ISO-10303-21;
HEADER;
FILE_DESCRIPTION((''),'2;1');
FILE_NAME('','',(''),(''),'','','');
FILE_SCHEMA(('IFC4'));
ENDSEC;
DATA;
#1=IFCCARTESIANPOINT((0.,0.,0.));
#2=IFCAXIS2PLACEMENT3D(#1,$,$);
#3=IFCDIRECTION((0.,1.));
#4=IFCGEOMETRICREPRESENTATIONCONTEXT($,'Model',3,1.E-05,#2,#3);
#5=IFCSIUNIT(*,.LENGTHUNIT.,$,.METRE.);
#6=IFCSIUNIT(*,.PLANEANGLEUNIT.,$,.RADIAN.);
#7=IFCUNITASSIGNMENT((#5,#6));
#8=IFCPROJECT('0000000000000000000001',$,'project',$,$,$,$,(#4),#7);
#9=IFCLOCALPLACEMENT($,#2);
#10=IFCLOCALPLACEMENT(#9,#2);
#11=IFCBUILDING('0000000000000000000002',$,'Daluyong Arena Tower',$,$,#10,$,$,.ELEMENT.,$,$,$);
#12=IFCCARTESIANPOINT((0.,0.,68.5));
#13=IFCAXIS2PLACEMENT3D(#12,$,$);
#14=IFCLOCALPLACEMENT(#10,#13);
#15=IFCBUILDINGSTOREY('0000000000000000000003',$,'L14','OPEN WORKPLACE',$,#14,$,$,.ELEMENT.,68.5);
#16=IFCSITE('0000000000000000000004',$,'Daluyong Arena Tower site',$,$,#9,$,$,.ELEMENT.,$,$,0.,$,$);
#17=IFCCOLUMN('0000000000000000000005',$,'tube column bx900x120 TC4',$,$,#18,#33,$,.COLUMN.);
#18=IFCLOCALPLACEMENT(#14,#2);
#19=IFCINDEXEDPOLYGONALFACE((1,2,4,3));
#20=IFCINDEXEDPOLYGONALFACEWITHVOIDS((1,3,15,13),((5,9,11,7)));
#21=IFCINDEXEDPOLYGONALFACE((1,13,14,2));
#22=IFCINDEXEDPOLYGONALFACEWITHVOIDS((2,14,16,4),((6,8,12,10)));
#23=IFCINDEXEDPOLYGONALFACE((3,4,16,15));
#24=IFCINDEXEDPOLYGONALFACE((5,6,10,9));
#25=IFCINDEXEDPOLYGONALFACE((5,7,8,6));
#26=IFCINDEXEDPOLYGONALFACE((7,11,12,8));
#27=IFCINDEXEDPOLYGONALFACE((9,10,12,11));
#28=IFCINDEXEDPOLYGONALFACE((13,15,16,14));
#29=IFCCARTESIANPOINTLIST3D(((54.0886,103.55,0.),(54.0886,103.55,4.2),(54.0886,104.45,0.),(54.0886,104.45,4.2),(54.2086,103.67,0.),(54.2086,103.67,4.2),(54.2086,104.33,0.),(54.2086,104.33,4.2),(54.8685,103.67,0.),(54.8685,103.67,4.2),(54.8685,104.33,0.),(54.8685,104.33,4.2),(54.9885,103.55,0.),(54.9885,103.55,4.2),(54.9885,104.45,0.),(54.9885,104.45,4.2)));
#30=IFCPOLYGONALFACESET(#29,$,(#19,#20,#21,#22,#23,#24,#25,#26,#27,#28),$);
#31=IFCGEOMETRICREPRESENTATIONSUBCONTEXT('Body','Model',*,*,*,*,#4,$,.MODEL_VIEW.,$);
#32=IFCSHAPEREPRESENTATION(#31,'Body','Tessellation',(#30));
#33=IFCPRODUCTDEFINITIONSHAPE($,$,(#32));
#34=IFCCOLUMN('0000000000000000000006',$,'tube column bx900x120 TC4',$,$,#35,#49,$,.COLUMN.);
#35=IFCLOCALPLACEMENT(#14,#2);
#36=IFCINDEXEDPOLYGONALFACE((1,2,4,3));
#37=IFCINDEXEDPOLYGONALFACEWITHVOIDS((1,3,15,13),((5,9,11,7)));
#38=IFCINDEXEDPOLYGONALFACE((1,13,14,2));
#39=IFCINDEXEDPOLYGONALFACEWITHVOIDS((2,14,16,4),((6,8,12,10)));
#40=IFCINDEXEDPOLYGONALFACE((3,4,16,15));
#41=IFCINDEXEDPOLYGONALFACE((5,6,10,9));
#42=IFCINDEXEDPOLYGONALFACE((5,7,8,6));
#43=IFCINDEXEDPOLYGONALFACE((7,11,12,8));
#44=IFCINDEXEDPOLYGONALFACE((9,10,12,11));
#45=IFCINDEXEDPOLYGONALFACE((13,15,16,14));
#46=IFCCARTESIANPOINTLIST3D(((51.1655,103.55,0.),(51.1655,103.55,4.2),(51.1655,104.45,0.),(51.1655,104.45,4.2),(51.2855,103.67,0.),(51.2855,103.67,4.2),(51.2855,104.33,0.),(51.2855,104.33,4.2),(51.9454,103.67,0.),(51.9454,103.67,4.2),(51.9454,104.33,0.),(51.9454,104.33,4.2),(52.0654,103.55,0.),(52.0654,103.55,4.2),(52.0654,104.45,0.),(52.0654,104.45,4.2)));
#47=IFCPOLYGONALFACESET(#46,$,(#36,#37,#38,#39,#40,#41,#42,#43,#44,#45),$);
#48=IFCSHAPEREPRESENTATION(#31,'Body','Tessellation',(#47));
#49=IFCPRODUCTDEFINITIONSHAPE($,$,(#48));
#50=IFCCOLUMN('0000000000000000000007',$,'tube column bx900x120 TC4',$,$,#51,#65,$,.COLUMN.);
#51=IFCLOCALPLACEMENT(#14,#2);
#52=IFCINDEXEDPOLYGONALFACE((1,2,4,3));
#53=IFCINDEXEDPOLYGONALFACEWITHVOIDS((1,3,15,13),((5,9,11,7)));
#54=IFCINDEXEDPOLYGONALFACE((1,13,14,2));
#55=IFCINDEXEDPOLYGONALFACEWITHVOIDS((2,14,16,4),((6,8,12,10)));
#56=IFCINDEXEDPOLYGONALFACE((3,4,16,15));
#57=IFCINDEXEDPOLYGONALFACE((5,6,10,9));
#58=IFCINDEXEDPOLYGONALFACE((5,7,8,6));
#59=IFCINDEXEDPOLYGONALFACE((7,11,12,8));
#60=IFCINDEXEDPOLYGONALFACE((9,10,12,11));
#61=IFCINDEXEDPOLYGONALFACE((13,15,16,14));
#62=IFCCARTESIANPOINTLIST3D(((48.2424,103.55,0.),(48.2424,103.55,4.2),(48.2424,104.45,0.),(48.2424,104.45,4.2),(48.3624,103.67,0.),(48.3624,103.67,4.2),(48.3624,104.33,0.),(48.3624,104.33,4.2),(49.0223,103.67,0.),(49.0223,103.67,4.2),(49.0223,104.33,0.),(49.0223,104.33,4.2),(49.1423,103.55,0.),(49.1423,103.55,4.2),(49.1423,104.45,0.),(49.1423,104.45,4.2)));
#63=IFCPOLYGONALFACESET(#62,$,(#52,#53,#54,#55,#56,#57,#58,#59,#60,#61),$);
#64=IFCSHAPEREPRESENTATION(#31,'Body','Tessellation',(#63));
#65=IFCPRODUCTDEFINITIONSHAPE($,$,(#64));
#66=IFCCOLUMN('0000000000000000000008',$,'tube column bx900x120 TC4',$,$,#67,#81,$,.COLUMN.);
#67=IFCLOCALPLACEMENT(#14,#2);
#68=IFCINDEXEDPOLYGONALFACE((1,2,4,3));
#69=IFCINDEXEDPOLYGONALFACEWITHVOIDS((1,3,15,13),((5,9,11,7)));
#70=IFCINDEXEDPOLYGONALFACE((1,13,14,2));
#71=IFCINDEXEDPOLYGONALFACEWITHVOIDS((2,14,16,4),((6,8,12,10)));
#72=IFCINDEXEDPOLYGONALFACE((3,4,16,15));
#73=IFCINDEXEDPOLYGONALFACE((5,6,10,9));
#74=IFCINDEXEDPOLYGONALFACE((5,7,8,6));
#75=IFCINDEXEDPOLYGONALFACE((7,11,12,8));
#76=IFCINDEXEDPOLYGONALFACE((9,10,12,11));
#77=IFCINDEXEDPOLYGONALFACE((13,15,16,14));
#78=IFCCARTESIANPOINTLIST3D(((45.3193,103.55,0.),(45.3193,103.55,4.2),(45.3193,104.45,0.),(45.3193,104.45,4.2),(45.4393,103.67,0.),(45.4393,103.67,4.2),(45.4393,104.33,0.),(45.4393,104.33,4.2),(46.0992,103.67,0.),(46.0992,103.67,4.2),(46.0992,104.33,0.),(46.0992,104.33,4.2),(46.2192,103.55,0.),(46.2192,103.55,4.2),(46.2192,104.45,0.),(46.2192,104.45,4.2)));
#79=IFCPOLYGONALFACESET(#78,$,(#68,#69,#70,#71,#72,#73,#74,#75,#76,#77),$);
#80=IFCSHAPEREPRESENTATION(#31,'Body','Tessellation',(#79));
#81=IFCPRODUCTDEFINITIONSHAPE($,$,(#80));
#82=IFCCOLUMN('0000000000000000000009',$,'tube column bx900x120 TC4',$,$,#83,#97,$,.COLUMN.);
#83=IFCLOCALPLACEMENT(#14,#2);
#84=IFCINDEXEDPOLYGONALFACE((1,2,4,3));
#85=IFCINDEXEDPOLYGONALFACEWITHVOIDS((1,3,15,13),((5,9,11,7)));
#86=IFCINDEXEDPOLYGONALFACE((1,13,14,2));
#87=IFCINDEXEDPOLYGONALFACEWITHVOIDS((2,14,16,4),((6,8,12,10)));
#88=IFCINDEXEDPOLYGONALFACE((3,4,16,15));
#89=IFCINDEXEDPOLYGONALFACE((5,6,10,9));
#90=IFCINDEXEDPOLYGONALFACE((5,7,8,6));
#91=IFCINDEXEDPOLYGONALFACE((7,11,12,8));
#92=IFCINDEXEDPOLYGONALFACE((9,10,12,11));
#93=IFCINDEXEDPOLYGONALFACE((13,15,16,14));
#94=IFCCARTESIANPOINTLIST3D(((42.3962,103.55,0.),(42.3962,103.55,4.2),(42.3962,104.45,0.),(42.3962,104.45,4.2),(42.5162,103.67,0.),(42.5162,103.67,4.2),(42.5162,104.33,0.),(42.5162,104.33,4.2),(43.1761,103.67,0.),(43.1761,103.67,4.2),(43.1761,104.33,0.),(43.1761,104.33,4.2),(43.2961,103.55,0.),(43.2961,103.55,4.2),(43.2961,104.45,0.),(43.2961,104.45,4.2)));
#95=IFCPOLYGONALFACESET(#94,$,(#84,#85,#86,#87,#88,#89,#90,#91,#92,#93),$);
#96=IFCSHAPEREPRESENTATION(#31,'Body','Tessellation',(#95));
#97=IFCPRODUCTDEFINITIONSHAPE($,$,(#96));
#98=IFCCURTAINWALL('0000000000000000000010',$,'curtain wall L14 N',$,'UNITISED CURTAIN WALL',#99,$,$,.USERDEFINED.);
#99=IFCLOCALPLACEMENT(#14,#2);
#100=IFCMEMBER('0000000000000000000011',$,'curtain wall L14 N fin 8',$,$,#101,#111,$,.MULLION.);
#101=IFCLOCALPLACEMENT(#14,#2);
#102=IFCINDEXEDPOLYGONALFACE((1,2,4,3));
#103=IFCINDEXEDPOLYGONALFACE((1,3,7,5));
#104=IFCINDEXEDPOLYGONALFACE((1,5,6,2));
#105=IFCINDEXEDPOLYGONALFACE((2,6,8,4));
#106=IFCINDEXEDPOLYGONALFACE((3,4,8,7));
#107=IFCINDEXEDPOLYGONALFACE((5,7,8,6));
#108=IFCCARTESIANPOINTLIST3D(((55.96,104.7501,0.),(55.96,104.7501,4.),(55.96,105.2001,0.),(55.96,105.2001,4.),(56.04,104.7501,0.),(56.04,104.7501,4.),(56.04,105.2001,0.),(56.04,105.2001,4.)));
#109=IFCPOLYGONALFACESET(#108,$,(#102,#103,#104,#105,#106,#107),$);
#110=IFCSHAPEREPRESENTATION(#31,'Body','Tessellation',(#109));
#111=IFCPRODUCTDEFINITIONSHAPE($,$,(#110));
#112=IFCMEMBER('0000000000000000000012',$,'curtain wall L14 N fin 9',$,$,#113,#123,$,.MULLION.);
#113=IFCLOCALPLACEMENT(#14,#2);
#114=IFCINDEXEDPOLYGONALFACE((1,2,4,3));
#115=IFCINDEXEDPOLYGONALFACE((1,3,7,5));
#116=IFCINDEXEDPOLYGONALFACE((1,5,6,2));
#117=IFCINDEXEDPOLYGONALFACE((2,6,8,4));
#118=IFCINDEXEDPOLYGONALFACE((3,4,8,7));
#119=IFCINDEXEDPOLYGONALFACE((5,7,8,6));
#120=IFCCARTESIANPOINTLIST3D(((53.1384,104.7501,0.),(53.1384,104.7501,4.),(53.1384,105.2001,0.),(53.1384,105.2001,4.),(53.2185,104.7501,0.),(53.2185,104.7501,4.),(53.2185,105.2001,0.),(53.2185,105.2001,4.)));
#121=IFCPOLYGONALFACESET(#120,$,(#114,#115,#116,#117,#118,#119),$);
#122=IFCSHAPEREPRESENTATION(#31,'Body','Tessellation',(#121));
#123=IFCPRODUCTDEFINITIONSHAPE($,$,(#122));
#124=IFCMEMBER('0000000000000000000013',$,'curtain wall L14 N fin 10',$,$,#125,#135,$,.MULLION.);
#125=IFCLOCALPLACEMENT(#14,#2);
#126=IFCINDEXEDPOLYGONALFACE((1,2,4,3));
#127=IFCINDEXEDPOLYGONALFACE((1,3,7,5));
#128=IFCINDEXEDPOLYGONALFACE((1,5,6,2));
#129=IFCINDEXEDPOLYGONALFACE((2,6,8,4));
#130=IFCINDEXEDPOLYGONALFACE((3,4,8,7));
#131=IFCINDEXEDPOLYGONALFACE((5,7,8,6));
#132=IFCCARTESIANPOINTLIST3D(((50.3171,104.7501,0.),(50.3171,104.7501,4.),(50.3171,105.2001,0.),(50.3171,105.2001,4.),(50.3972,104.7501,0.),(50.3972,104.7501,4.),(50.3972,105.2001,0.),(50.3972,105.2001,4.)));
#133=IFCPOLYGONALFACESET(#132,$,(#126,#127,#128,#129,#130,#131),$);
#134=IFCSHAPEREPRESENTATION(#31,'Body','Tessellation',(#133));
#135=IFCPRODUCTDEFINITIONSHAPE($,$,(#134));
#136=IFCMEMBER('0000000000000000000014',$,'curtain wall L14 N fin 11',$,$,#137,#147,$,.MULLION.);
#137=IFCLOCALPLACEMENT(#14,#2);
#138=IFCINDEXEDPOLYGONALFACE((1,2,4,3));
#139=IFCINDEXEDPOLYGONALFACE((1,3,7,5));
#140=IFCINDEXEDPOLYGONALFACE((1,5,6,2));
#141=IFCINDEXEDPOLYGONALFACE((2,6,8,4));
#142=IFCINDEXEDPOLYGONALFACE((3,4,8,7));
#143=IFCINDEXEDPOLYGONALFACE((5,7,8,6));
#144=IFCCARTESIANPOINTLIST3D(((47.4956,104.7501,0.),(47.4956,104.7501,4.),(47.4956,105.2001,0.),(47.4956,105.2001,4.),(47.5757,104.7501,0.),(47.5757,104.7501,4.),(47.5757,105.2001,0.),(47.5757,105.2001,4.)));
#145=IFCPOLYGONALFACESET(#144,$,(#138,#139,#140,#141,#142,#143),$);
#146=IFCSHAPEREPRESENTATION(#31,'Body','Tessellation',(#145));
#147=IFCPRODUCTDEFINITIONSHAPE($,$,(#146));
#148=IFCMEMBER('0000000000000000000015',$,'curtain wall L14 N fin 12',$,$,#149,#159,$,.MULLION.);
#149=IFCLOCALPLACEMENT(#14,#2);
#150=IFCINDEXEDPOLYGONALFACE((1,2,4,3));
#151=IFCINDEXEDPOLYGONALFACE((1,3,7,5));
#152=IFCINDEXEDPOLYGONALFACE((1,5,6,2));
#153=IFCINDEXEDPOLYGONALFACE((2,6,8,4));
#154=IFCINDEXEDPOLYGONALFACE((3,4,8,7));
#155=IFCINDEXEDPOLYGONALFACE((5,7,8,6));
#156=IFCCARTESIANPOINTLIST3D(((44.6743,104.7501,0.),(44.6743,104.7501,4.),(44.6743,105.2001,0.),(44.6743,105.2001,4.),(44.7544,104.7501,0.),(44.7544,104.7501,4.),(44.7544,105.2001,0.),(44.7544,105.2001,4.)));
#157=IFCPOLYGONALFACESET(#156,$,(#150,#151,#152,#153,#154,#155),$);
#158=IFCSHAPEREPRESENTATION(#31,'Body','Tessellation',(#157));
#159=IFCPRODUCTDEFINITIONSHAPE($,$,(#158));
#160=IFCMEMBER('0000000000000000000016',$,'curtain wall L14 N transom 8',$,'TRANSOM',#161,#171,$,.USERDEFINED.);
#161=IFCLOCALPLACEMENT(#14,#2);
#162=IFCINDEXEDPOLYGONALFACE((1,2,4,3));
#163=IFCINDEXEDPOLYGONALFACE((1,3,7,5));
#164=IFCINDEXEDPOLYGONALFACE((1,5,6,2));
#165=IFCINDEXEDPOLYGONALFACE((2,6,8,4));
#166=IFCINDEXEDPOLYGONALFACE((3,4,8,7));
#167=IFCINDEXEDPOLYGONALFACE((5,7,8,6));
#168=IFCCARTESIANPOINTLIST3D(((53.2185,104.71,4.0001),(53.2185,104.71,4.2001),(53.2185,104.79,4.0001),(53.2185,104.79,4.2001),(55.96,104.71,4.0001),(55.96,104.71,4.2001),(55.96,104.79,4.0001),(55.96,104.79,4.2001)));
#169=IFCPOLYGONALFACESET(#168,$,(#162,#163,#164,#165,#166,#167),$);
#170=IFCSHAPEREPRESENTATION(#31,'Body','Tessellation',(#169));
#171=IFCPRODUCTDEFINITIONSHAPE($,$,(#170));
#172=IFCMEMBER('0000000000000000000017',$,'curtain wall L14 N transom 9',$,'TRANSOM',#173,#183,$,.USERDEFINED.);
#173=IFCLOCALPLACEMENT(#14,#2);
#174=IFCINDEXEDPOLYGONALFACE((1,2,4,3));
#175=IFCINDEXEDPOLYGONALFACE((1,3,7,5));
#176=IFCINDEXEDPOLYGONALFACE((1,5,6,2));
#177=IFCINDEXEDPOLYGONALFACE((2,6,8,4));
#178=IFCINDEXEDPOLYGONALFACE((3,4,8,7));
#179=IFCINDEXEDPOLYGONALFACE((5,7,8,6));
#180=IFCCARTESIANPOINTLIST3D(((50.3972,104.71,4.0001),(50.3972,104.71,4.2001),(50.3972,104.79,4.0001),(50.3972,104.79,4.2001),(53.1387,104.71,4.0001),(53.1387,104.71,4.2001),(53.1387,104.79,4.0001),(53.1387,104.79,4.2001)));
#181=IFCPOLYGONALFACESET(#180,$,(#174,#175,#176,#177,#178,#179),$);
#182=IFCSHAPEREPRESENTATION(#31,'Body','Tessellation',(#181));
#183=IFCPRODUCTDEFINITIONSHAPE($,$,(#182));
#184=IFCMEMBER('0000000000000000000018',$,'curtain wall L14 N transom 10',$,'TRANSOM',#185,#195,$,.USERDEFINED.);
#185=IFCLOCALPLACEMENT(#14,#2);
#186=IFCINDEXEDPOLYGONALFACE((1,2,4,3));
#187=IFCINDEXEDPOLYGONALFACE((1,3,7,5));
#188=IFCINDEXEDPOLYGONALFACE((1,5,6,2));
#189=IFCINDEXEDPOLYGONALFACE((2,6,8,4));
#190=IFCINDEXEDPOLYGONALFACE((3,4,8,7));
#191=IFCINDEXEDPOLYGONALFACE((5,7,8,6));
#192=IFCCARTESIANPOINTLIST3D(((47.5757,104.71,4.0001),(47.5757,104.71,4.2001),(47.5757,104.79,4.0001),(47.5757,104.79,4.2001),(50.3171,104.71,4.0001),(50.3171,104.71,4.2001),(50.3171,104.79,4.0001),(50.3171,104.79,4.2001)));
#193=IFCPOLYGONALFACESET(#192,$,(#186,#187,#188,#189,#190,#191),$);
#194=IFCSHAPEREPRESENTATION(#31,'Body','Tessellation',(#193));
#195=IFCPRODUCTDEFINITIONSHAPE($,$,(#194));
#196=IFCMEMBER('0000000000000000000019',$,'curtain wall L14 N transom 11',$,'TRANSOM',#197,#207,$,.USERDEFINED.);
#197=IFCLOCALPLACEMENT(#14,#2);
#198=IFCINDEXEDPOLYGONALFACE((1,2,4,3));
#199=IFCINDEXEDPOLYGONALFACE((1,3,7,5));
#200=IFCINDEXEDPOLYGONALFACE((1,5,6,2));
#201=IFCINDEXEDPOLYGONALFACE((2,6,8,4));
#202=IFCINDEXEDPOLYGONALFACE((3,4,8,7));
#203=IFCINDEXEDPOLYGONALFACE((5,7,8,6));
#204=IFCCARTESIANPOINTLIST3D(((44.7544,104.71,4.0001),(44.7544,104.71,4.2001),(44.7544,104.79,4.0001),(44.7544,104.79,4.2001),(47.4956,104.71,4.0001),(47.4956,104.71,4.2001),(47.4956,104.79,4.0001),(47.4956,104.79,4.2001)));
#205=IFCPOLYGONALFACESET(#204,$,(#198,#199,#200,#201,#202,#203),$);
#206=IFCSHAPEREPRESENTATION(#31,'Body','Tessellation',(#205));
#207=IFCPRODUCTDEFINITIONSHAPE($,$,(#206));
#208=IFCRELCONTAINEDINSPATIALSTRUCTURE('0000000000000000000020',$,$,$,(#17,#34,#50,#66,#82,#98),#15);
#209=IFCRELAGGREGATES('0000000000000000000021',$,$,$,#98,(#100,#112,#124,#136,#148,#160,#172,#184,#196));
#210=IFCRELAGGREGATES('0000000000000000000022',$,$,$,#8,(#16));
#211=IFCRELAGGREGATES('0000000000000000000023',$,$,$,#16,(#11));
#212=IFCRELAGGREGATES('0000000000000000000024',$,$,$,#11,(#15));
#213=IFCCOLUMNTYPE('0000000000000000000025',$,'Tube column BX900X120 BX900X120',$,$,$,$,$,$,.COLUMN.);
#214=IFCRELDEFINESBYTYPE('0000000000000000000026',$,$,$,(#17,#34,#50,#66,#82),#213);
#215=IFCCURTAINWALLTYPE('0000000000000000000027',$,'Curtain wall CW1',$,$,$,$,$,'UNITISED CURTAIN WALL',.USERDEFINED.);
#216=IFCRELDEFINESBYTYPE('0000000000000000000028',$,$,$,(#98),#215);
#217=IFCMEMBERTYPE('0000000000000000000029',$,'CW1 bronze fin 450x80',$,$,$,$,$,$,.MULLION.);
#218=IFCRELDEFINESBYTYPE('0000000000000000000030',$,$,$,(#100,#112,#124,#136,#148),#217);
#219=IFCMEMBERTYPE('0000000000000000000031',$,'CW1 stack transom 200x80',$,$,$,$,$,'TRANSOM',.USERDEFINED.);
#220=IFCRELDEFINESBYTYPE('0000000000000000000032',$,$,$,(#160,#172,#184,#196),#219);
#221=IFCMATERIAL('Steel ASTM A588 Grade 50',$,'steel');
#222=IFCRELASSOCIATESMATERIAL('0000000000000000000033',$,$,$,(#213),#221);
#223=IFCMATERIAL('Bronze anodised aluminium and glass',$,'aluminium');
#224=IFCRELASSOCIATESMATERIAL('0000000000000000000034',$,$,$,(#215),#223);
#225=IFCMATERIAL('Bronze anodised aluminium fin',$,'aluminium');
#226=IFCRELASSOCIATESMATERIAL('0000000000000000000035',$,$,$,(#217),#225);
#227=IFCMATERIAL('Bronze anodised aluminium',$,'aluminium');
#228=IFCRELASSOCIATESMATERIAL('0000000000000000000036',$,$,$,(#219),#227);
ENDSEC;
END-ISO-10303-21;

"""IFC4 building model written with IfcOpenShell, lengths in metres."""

from ifc_helpers import new_model, si_unit, direction, frame, origin, origin_2d, place, context, subcontext, project, spatial, rectangle, hollow_rectangle, extrude, material, material_profile, profile_set, type_object, element, aggregate, save


model = new_model("IFC4")

# Units and contexts
model_context = context("Model", 3, precision=1e-05, world=origin(), true_north=direction((0.0, 1.0)))
body_context = subcontext(model_context, "Body", "Model", "MODEL_VIEW")
ifc_project = project(units=[si_unit("LENGTHUNIT", "METRE"), si_unit("PLANEANGLEUNIT", "RADIAN")], contexts=[model_context])

# Site, building, storey
site_placement = place(None, origin())
site = spatial("IfcSite", under=ifc_project, at=site_placement, Name="Daluyong Arena Tower site", CompositionType="ELEMENT", RefElevation=0.0)
building_placement = place(site_placement, origin())
building = spatial("IfcBuilding", under=site, at=building_placement, Name="Daluyong Arena Tower", CompositionType="ELEMENT")
storey_placement = place(building_placement, frame((0.0, 0.0, 68.5)))
storey = spatial("IfcBuildingStorey", under=building, at=storey_placement, Name="L14", Description="OPEN WORKPLACE", CompositionType="ELEMENT", Elevation=68.5)

# Columns
ifc_material_1 = material(Name="Steel ASTM A588 Grade 50", Category="steel")
ifc_material_profile_1 = material_profile(ifc_material_1, hollow_rectangle(XDim=0.8999, YDim=0.8999, WallThickness=0.12, at=origin_2d()))
ifc_profile_set_1 = profile_set([ifc_material_profile_1], Name="Steel ASTM A588 Grade 50")
column_type = type_object("IfcColumnType", Name="Tube column BX900X120 BX900X120", PredefinedType="COLUMN", material=ifc_profile_set_1)
for number, where, z_axis, x_axis, name in (
    (1, (54.5386, 104.0, 0.0), (0.0, 0.0, 1.0), (1.0, 0.0, 0.0), "tube column bx900x120 TC4"),
    (2, (51.6155, 104.0, 0.0), (0.0, 0.0, 1.0), (1.0, 0.0, 0.0), "tube column bx900x120 TC4"),
    (3, (48.6924, 104.0, 0.0), (0.0, 0.0, 1.0), (1.0, 0.0, 0.0), "tube column bx900x120 TC4"),
    (4, (45.7693, 104.0, 0.0), (0.0, 0.0, 1.0), (1.0, 0.0, 0.0), "tube column bx900x120 TC4"),
    (5, (42.8462, 104.0, 0.0), (0.0, 0.0, 1.0), (1.0, 0.0, 0.0), "tube column bx900x120 TC4"),
):
    element("IfcColumn", number, at=place(storey_placement, frame(where, z_axis=z_axis, x_axis=x_axis)), inside=storey, type_object=column_type, Name=name, PredefinedType="COLUMN", context=body_context, shape_type="SweptSolid", body=[
        extrude(hollow_rectangle(XDim=0.8999, YDim=0.8999, WallThickness=0.12, at=origin_2d()), origin(), (0.0, 0.0, 1.0), 4.2),
    ])

# Curtain wall, members
ifc_material_2 = material(Name="Bronze anodised aluminium and glass", Category="aluminium")
curtain_wall_type = type_object("IfcCurtainWallType", Name="Curtain wall CW1", ElementType="UNITISED CURTAIN WALL", PredefinedType="USERDEFINED", material=ifc_material_2)
curtain_wall_placement = place(storey_placement, origin())
curtain_wall = element("IfcCurtainWall", 6, at=curtain_wall_placement, inside=storey, type_object=curtain_wall_type, Name="curtain wall L14 N", ObjectType="UNITISED CURTAIN WALL", PredefinedType="USERDEFINED")
ifc_material_3 = material(Name="Bronze anodised aluminium fin", Category="aluminium")
ifc_material_profile_2 = material_profile(ifc_material_3, rectangle(XDim=0.45, YDim=0.0801, at=origin_2d()))
ifc_profile_set_2 = profile_set([ifc_material_profile_2], Name="Bronze anodised aluminium fin")
member_type_1 = type_object("IfcMemberType", Name="CW1 bronze fin 450x80", PredefinedType="MULLION", material=ifc_profile_set_2)
member_1_placement = place(storey_placement, frame((56.0, 104.9751, 0.0), z_axis=(0.0, 0.0, 1.0), x_axis=(0.0, -1.0, 0.0)))
member_1 = element("IfcMember", 7, at=member_1_placement, type_object=member_type_1, Name="curtain wall L14 N fin 8", PredefinedType="MULLION", context=body_context, shape_type="SweptSolid", body=[
    extrude(rectangle(XDim=0.45, YDim=0.0801, at=origin_2d()), origin(), (0.0, 0.0, 1.0), 4.0),
])
member_2_placement = place(storey_placement, frame((53.1785, 104.9751, 0.0), z_axis=(0.0, 0.0, 1.0), x_axis=(0.0, -1.0, 0.0)))
member_2 = element("IfcMember", 8, at=member_2_placement, type_object=member_type_1, Name="curtain wall L14 N fin 9", PredefinedType="MULLION", context=body_context, shape_type="SweptSolid", body=[
    extrude(rectangle(XDim=0.45, YDim=0.0801, at=origin_2d()), origin(), (0.0, 0.0, 1.0), 4.0),
])
member_3_placement = place(storey_placement, frame((50.3572, 104.9751, 0.0), z_axis=(0.0, 0.0, 1.0), x_axis=(0.0, -1.0, 0.0)))
member_3 = element("IfcMember", 9, at=member_3_placement, type_object=member_type_1, Name="curtain wall L14 N fin 10", PredefinedType="MULLION", context=body_context, shape_type="SweptSolid", body=[
    extrude(rectangle(XDim=0.45, YDim=0.0801, at=origin_2d()), origin(), (0.0, 0.0, 1.0), 4.0),
])
member_4_placement = place(storey_placement, frame((47.5356, 104.9751, 0.0), z_axis=(0.0, 0.0, 1.0), x_axis=(0.0, -1.0, 0.0)))
member_4 = element("IfcMember", 10, at=member_4_placement, type_object=member_type_1, Name="curtain wall L14 N fin 11", PredefinedType="MULLION", context=body_context, shape_type="SweptSolid", body=[
    extrude(rectangle(XDim=0.45, YDim=0.0801, at=origin_2d()), origin(), (0.0, 0.0, 1.0), 4.0),
])
member_5_placement = place(storey_placement, frame((44.7144, 104.9751, 0.0), z_axis=(0.0, 0.0, 1.0), x_axis=(0.0, -1.0, 0.0)))
member_5 = element("IfcMember", 11, at=member_5_placement, type_object=member_type_1, Name="curtain wall L14 N fin 12", PredefinedType="MULLION", context=body_context, shape_type="SweptSolid", body=[
    extrude(rectangle(XDim=0.45, YDim=0.0801, at=origin_2d()), origin(), (0.0, 0.0, 1.0), 4.0),
])
ifc_material_4 = material(Name="Bronze anodised aluminium", Category="aluminium")
ifc_material_profile_3 = material_profile(ifc_material_4, rectangle(XDim=0.0801, YDim=0.2, at=origin_2d()))
ifc_profile_set_3 = profile_set([ifc_material_profile_3], Name="Bronze anodised aluminium")
member_type_2 = type_object("IfcMemberType", Name="CW1 stack transom 200x80", ElementType="TRANSOM", PredefinedType="USERDEFINED", material=ifc_profile_set_3)
member_6_placement = place(storey_placement, frame((55.96, 104.75, 4.1001), z_axis=(-1.0, 0.0, 0.0), x_axis=(0.0, -1.0, 0.0)))
member_6 = element("IfcMember", 12, at=member_6_placement, type_object=member_type_2, Name="curtain wall L14 N transom 8", ObjectType="TRANSOM", PredefinedType="USERDEFINED", context=body_context, shape_type="SweptSolid", body=[
    extrude(rectangle(XDim=0.0801, YDim=0.2, at=origin_2d()), origin(), (0.0, 0.0, 1.0), 2.7415),
])
member_7_placement = place(storey_placement, frame((53.1387, 104.75, 4.1001), z_axis=(-1.0, 0.0, 0.0), x_axis=(0.0, -1.0, 0.0)))
member_7 = element("IfcMember", 13, at=member_7_placement, type_object=member_type_2, Name="curtain wall L14 N transom 9", ObjectType="TRANSOM", PredefinedType="USERDEFINED", context=body_context, shape_type="SweptSolid", body=[
    extrude(rectangle(XDim=0.0801, YDim=0.2, at=origin_2d()), origin(), (0.0, 0.0, 1.0), 2.7415),
])
member_8_placement = place(storey_placement, frame((50.3171, 104.75, 4.1001), z_axis=(-1.0, 0.0, 0.0), x_axis=(0.0, -1.0, 0.0)))
member_8 = element("IfcMember", 14, at=member_8_placement, type_object=member_type_2, Name="curtain wall L14 N transom 10", ObjectType="TRANSOM", PredefinedType="USERDEFINED", context=body_context, shape_type="SweptSolid", body=[
    extrude(rectangle(XDim=0.0801, YDim=0.2, at=origin_2d()), origin(), (0.0, 0.0, 1.0), 2.7415),
])
member_9_placement = place(storey_placement, frame((47.4956, 104.75, 4.1001), z_axis=(-1.0, 0.0, 0.0), x_axis=(0.0, -1.0, 0.0)))
member_9 = element("IfcMember", 15, at=member_9_placement, type_object=member_type_2, Name="curtain wall L14 N transom 11", ObjectType="TRANSOM", PredefinedType="USERDEFINED", context=body_context, shape_type="SweptSolid", body=[
    extrude(rectangle(XDim=0.0801, YDim=0.2, at=origin_2d()), origin(), (0.0, 0.0, 1.0), 2.7412),
])

aggregate(curtain_wall, [member_1, member_2, member_3, member_4, member_5, member_6, member_7, member_8, member_9])

save(model, "model.ifc")
